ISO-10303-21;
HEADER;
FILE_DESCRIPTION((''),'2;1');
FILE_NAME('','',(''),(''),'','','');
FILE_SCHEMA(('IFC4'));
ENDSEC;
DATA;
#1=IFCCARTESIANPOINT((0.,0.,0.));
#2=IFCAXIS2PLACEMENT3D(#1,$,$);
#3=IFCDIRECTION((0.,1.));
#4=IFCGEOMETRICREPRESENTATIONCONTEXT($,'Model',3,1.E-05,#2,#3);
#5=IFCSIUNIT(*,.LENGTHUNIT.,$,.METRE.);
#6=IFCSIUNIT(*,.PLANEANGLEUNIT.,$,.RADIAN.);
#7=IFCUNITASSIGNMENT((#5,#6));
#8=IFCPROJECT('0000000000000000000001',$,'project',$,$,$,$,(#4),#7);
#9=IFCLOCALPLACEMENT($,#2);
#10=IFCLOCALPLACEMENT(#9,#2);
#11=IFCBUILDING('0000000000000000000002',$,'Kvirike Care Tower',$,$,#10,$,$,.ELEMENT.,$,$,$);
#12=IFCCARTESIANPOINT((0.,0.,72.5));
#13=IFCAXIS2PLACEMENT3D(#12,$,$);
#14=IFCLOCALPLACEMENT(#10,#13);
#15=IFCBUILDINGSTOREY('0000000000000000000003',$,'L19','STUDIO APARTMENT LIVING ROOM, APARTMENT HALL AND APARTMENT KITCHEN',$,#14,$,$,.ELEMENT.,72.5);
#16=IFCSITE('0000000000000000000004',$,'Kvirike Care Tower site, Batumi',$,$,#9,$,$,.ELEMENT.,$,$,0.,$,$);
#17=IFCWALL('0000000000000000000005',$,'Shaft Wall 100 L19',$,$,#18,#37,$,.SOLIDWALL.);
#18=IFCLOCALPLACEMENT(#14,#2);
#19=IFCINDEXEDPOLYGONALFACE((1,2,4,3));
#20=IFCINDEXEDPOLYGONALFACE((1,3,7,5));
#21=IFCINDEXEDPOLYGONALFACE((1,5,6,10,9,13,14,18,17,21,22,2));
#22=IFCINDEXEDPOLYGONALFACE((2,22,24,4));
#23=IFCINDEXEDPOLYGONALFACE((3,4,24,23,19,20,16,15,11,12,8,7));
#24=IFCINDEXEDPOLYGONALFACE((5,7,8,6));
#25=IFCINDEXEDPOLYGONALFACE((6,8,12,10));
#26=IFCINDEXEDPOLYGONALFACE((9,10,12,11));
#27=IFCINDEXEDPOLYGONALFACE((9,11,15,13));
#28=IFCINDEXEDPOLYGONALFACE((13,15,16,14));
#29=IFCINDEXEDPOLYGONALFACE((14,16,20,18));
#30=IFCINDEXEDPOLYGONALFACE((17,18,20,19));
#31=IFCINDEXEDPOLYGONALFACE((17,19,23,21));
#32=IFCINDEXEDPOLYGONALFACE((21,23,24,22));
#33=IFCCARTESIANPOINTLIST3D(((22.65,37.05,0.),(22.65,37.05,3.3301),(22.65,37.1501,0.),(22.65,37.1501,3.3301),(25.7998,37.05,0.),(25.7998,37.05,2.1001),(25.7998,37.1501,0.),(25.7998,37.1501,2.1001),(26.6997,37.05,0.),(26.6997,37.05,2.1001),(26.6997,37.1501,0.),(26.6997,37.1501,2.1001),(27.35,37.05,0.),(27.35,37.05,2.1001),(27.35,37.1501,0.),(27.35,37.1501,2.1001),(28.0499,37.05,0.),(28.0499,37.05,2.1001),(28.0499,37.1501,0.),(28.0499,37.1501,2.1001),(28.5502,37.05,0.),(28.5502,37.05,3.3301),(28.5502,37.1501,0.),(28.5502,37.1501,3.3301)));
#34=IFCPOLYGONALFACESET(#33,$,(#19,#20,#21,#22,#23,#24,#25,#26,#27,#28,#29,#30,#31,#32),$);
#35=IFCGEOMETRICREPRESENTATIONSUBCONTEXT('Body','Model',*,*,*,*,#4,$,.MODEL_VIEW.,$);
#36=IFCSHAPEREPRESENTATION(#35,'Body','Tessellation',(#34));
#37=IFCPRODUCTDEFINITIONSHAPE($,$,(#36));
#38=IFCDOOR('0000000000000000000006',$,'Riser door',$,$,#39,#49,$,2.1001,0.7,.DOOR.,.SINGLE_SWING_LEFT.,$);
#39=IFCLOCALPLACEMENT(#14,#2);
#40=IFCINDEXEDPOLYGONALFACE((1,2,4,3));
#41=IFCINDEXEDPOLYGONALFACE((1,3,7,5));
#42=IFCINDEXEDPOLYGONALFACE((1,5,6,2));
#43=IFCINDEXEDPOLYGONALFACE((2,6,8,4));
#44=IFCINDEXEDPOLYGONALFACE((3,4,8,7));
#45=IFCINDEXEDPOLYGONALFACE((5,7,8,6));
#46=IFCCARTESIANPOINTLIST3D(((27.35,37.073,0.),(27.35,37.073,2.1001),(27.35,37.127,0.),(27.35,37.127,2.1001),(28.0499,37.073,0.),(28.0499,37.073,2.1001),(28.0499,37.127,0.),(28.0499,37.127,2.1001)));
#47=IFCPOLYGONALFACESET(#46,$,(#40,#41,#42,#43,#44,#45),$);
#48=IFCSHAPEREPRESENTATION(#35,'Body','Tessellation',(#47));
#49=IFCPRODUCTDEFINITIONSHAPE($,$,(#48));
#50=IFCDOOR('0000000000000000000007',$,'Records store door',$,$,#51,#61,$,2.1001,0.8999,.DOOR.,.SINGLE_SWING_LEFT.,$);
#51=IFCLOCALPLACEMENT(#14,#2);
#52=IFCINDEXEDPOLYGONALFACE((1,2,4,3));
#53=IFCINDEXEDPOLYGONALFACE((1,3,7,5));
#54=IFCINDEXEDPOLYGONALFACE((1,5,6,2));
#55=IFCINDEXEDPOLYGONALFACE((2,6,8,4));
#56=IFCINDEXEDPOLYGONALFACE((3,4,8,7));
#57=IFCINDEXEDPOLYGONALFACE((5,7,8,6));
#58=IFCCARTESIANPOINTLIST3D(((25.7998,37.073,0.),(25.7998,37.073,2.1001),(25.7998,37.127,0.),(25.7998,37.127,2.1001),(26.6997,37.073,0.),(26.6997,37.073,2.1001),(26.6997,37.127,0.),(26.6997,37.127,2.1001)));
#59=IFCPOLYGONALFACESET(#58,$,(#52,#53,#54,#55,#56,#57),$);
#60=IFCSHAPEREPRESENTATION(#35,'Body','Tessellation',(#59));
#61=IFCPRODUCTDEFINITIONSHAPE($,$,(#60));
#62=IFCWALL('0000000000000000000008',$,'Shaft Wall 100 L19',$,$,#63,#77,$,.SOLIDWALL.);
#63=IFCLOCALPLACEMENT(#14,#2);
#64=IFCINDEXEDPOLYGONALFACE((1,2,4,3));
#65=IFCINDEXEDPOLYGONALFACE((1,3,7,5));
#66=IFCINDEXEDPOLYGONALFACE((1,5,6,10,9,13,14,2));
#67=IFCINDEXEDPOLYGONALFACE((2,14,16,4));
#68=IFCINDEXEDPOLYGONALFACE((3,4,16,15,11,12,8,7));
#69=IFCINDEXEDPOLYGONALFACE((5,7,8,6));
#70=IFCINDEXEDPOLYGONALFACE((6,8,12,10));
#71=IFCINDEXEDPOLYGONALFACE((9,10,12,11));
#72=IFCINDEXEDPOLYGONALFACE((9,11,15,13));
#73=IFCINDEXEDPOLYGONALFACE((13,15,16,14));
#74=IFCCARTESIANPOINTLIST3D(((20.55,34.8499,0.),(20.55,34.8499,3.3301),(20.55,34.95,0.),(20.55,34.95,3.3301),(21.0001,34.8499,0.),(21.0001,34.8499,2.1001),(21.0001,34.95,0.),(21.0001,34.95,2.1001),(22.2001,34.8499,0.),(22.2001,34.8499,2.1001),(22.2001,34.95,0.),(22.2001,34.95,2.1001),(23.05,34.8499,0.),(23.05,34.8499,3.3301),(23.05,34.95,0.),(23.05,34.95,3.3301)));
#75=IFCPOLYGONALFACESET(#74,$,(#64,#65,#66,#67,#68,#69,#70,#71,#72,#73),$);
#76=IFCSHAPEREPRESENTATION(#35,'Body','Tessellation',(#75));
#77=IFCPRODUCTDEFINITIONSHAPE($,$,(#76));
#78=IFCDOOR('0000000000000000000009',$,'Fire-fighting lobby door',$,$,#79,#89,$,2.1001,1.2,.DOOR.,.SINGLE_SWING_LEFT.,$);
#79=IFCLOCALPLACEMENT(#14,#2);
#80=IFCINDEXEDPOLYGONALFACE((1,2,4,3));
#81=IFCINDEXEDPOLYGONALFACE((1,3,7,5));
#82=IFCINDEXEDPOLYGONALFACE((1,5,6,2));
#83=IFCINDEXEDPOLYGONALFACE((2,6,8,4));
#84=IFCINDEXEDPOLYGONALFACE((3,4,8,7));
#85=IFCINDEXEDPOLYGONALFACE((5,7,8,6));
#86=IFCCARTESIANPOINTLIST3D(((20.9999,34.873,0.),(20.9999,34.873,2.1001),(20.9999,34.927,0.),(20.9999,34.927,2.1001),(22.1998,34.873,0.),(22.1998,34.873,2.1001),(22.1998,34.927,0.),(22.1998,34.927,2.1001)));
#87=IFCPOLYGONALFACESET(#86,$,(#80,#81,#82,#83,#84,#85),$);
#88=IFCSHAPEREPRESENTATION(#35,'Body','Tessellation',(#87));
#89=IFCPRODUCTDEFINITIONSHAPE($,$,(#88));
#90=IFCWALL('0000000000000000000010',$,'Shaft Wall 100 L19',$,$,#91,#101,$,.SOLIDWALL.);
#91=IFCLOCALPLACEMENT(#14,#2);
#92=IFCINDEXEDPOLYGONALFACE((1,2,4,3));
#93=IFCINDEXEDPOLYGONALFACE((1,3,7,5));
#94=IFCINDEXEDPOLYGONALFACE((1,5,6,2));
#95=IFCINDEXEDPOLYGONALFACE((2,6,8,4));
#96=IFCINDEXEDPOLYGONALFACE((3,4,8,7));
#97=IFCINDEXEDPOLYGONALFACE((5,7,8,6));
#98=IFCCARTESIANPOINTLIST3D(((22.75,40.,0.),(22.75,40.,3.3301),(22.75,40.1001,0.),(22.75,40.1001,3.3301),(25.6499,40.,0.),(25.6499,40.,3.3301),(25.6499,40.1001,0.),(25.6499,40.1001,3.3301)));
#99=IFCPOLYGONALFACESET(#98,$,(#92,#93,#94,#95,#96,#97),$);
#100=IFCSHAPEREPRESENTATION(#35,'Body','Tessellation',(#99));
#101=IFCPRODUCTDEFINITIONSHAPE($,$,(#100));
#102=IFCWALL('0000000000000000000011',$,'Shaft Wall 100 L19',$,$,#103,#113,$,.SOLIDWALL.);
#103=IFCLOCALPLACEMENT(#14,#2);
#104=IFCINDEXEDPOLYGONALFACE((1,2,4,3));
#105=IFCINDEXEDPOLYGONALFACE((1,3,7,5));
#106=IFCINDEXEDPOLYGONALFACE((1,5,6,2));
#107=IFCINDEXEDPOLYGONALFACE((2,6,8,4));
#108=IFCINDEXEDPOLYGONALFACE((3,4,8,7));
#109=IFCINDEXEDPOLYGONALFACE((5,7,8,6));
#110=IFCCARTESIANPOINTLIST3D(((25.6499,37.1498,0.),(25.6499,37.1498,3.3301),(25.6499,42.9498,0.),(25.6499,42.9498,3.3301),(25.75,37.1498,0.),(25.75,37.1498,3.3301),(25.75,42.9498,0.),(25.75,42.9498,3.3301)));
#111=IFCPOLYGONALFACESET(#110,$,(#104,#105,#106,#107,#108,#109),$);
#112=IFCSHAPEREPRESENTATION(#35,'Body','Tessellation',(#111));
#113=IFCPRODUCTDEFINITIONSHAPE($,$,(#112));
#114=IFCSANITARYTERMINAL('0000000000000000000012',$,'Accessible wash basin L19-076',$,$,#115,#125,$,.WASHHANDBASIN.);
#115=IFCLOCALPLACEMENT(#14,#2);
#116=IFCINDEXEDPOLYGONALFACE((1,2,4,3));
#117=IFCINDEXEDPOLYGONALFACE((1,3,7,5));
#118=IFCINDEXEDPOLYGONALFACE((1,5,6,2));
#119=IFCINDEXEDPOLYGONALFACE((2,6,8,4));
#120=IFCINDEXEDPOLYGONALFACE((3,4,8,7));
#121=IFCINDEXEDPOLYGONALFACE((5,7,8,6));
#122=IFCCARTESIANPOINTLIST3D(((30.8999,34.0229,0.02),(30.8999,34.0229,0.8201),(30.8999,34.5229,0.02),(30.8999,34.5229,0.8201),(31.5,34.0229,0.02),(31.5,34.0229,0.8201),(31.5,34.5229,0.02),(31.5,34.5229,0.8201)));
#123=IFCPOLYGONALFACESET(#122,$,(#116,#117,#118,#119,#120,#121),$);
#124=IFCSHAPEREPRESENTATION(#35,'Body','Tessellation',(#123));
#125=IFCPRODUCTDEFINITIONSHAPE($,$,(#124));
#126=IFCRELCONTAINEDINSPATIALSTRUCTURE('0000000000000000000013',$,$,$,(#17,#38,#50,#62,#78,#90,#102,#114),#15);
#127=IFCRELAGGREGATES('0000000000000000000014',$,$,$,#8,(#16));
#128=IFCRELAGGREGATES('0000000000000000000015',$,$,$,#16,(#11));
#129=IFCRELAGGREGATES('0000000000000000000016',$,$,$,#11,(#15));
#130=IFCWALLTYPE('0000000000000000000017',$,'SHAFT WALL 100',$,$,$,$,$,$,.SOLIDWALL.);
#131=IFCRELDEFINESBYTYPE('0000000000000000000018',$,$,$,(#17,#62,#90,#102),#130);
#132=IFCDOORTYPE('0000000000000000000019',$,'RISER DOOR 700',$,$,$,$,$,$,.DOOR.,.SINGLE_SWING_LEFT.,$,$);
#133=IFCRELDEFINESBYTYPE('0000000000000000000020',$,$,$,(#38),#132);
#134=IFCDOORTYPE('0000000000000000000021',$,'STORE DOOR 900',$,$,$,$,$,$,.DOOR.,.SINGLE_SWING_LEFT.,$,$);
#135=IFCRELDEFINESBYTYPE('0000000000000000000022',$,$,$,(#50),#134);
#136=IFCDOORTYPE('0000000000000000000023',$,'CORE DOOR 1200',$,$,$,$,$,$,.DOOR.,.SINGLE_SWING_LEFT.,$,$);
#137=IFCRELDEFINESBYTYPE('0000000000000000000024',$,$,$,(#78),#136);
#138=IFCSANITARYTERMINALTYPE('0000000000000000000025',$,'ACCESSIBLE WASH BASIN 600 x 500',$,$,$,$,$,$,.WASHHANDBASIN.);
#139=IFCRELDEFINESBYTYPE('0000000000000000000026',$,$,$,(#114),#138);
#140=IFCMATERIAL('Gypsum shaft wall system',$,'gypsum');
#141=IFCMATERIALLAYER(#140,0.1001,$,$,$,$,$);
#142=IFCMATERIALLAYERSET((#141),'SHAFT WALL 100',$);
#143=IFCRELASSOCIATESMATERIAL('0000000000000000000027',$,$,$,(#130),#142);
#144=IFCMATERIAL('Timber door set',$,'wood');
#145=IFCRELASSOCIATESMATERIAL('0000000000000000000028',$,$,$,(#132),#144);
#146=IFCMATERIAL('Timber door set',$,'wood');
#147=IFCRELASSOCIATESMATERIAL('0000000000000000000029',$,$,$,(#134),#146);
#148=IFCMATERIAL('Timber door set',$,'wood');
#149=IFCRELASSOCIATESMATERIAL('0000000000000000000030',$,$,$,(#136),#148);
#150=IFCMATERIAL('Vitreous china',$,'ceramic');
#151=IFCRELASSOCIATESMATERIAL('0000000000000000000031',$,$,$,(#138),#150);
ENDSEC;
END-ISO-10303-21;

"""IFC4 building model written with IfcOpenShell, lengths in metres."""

from ifc_helpers import new_model, si_unit, direction, frame, frame_2d, origin, origin_2d, place, context, subcontext, project, spatial, rectangle, extrude, material, layer, layer_set, type_object, element, fill, save


model = new_model("IFC4")

# Units and contexts
model_context = context("Model", 3, precision=1e-05, world=origin(), true_north=direction((0.0, 1.0)))
body_context = subcontext(model_context, "Body", "Model", "MODEL_VIEW")
ifc_project = project(units=[si_unit("LENGTHUNIT", "METRE"), si_unit("PLANEANGLEUNIT", "RADIAN")], contexts=[model_context])

# Site, building, storey
site_placement = place(None, origin())
site = spatial("IfcSite", under=ifc_project, at=site_placement, Name="Kvirike Care Tower site, Batumi", CompositionType="ELEMENT", RefElevation=0.0)
building_placement = place(site_placement, origin())
building = spatial("IfcBuilding", under=site, at=building_placement, Name="Kvirike Care Tower", CompositionType="ELEMENT")
storey_placement = place(building_placement, frame((0.0, 0.0, 72.5)))
storey = spatial("IfcBuildingStorey", under=building, at=storey_placement, Name="L19", Description="STUDIO APARTMENT LIVING ROOM, APARTMENT HALL AND APARTMENT KITCHEN", CompositionType="ELEMENT", Elevation=72.5)

# Shared definitions
ifc_material_1 = material(Name="Gypsum shaft wall system", Category="gypsum")
ifc_layer = layer(ifc_material_1, 0.1001)
ifc_layer_set = layer_set([ifc_layer], Name="SHAFT WALL 100")
wall_type = type_object("IfcWallType", Name="SHAFT WALL 100", PredefinedType="SOLIDWALL", material=ifc_layer_set)

# Wall, openings, doors
wall_1_placement = place(storey_placement, frame((22.6499, 37.1001, 0.0), z_axis=(0.0, 0.0, 1.0), x_axis=(1.0, 0.0, 0.0)))
wall_1 = element("IfcWall", 1, at=wall_1_placement, inside=storey, type_object=wall_type, Name="Shaft Wall 100 L19", PredefinedType="SOLIDWALL", context=body_context, shape_type="SweptSolid", body=[
    extrude(rectangle(XDim=5.9001, YDim=0.1001, at=frame_2d((2.9502, 0.0))), origin(), (0.0, 0.0, 1.0), 3.3301),
])
opening_1_placement = place(wall_1_placement, frame((3.1499, 0.0, 0.0)))
opening_1 = element("IfcOpeningElement", 2, at=opening_1_placement, cuts=wall_1, PredefinedType="OPENING", context=body_context, shape_type="SweptSolid", body=[
    extrude(rectangle(XDim=0.8999, YDim=2.1001, at=frame_2d((0.45, 1.05))), frame((0.0, 0.0605, 0.0), z_axis=(0.0, -1.0, 0.0), x_axis=(1.0, 0.0, 0.0)), (0.0, 0.0, 1.0), 0.1211),
])
opening_2_placement = place(wall_1_placement, frame((4.7, 0.0, 0.0)))
opening_2 = element("IfcOpeningElement", 3, at=opening_2_placement, cuts=wall_1, PredefinedType="OPENING", context=body_context, shape_type="SweptSolid", body=[
    extrude(rectangle(XDim=0.7, YDim=2.1001, at=frame_2d((0.3501, 1.05))), frame((0.0, 0.0605, 0.0), z_axis=(0.0, -1.0, 0.0), x_axis=(1.0, 0.0, 0.0)), (0.0, 0.0, 1.0), 0.1211),
])
ifc_material_2 = material(Name="Timber door set", Category="wood")
door_type_1 = type_object("IfcDoorType", Name="RISER DOOR 700", OperationType="SINGLE_SWING_LEFT", PredefinedType="DOOR", material=ifc_material_2)
door_1_placement = place(opening_2_placement, origin())
door_1 = element("IfcDoor", 4, at=door_1_placement, inside=storey, type_object=door_type_1, Name="Riser door", OperationType="SINGLE_SWING_LEFT", OverallHeight=2.1001, OverallWidth=0.7, PredefinedType="DOOR", context=body_context, shape_type="SweptSolid", body=[
    extrude(rectangle(XDim=0.7, YDim=2.1001, at=frame_2d((0.3501, 1.05))), frame((0.0, 0.0269, 0.0), z_axis=(0.0, -1.0, 0.0), x_axis=(1.0, 0.0, 0.0)), (0.0, 0.0, 1.0), 0.054),
])
fill(opening_2, door_1)
ifc_material_3 = material(Name="Timber door set", Category="wood")
door_type_2 = type_object("IfcDoorType", Name="STORE DOOR 900", OperationType="SINGLE_SWING_LEFT", PredefinedType="DOOR", material=ifc_material_3)
door_2_placement = place(opening_1_placement, origin())
door_2 = element("IfcDoor", 5, at=door_2_placement, inside=storey, type_object=door_type_2, Name="Records store door", OperationType="SINGLE_SWING_LEFT", OverallHeight=2.1001, OverallWidth=0.8999, PredefinedType="DOOR", context=body_context, shape_type="SweptSolid", body=[
    extrude(rectangle(XDim=0.8999, YDim=2.1001, at=frame_2d((0.45, 1.05))), frame((0.0, 0.0269, 0.0), z_axis=(0.0, -1.0, 0.0), x_axis=(1.0, 0.0, 0.0)), (0.0, 0.0, 1.0), 0.054),
])
fill(opening_1, door_2)

# Wall, opening, door
wall_2_placement = place(storey_placement, frame((20.55, 34.8999, 0.0), z_axis=(0.0, 0.0, 1.0), x_axis=(1.0, 0.0, 0.0)))
wall_2 = element("IfcWall", 6, at=wall_2_placement, inside=storey, type_object=wall_type, Name="Shaft Wall 100 L19", PredefinedType="SOLIDWALL", context=body_context, shape_type="SweptSolid", body=[
    extrude(rectangle(XDim=2.5, YDim=0.1001, at=frame_2d((1.25, 0.0))), origin(), (0.0, 0.0, 1.0), 3.3301),
])
opening_3_placement = place(wall_2_placement, frame((0.45, 0.0, 0.0)))
opening_3 = element("IfcOpeningElement", 7, at=opening_3_placement, cuts=wall_2, PredefinedType="OPENING", context=body_context, shape_type="SweptSolid", body=[
    extrude(rectangle(XDim=1.2, YDim=2.1001, at=frame_2d((0.6001, 1.05))), frame((0.0, 0.0605, 0.0), z_axis=(0.0, -1.0, 0.0), x_axis=(1.0, 0.0, 0.0)), (0.0, 0.0, 1.0), 0.1211),
])
ifc_material_4 = material(Name="Timber door set", Category="wood")
door_type_3 = type_object("IfcDoorType", Name="CORE DOOR 1200", OperationType="SINGLE_SWING_LEFT", PredefinedType="DOOR", material=ifc_material_4)
door_3_placement = place(opening_3_placement, frame((1.2, 0.0, 0.0), z_axis=(0.0, 0.0, 1.0), x_axis=(-1.0, 0.0, 0.0)))
door_3 = element("IfcDoor", 8, at=door_3_placement, inside=storey, type_object=door_type_3, Name="Fire-fighting lobby door", OperationType="SINGLE_SWING_LEFT", OverallHeight=2.1001, OverallWidth=1.2, PredefinedType="DOOR", context=body_context, shape_type="SweptSolid", body=[
    extrude(rectangle(XDim=1.2, YDim=2.1001, at=frame_2d((0.6001, 1.05))), frame((0.0, 0.0269, 0.0), z_axis=(0.0, -1.0, 0.0), x_axis=(1.0, 0.0, 0.0)), (0.0, 0.0, 1.0), 0.054),
])
fill(opening_3, door_3)

# Walls
wall_3_placement = place(storey_placement, frame((22.75, 40.05, 0.0), z_axis=(0.0, 0.0, 1.0), x_axis=(1.0, 0.0, 0.0)))
element("IfcWall", 9, at=wall_3_placement, inside=storey, type_object=wall_type, Name="Shaft Wall 100 L19", PredefinedType="SOLIDWALL", context=body_context, shape_type="SweptSolid", body=[
    extrude(rectangle(XDim=2.8999, YDim=0.1001, at=frame_2d((1.45, 0.0))), origin(), (0.0, 0.0, 1.0), 3.3301),
])
wall_4_placement = place(storey_placement, frame((25.7, 37.1499, 0.0), z_axis=(0.0, 0.0, 1.0), x_axis=(0.0, 1.0, 0.0)))
element("IfcWall", 10, at=wall_4_placement, inside=storey, type_object=wall_type, Name="Shaft Wall 100 L19", PredefinedType="SOLIDWALL", context=body_context, shape_type="SweptSolid", body=[
    extrude(rectangle(XDim=5.8, YDim=0.1001, at=frame_2d((2.8999, 0.0))), origin(), (0.0, 0.0, 1.0), 3.3301),
])

# Sanitary terminal
ifc_material_5 = material(Name="Vitreous china", Category="ceramic")
sanitary_terminal_type = type_object("IfcSanitaryTerminalType", Name="ACCESSIBLE WASH BASIN 600 x 500", PredefinedType="WASHHANDBASIN", material=ifc_material_5)
sanitary_terminal_placement = place(storey_placement, frame((31.2, 34.2729, 0.02), z_axis=(0.0, 0.0, 1.0), x_axis=(1.0, 0.0, 0.0)))
element("IfcSanitaryTerminal", 11, at=sanitary_terminal_placement, inside=storey, type_object=sanitary_terminal_type, Name="Accessible wash basin L19-076", PredefinedType="WASHHANDBASIN", context=body_context, shape_type="SweptSolid", body=[
    extrude(rectangle(XDim=0.6001, YDim=0.5, at=origin_2d()), origin(), (0.0, 0.0, 1.0), 0.8),
])

save(model, "model.ifc")
